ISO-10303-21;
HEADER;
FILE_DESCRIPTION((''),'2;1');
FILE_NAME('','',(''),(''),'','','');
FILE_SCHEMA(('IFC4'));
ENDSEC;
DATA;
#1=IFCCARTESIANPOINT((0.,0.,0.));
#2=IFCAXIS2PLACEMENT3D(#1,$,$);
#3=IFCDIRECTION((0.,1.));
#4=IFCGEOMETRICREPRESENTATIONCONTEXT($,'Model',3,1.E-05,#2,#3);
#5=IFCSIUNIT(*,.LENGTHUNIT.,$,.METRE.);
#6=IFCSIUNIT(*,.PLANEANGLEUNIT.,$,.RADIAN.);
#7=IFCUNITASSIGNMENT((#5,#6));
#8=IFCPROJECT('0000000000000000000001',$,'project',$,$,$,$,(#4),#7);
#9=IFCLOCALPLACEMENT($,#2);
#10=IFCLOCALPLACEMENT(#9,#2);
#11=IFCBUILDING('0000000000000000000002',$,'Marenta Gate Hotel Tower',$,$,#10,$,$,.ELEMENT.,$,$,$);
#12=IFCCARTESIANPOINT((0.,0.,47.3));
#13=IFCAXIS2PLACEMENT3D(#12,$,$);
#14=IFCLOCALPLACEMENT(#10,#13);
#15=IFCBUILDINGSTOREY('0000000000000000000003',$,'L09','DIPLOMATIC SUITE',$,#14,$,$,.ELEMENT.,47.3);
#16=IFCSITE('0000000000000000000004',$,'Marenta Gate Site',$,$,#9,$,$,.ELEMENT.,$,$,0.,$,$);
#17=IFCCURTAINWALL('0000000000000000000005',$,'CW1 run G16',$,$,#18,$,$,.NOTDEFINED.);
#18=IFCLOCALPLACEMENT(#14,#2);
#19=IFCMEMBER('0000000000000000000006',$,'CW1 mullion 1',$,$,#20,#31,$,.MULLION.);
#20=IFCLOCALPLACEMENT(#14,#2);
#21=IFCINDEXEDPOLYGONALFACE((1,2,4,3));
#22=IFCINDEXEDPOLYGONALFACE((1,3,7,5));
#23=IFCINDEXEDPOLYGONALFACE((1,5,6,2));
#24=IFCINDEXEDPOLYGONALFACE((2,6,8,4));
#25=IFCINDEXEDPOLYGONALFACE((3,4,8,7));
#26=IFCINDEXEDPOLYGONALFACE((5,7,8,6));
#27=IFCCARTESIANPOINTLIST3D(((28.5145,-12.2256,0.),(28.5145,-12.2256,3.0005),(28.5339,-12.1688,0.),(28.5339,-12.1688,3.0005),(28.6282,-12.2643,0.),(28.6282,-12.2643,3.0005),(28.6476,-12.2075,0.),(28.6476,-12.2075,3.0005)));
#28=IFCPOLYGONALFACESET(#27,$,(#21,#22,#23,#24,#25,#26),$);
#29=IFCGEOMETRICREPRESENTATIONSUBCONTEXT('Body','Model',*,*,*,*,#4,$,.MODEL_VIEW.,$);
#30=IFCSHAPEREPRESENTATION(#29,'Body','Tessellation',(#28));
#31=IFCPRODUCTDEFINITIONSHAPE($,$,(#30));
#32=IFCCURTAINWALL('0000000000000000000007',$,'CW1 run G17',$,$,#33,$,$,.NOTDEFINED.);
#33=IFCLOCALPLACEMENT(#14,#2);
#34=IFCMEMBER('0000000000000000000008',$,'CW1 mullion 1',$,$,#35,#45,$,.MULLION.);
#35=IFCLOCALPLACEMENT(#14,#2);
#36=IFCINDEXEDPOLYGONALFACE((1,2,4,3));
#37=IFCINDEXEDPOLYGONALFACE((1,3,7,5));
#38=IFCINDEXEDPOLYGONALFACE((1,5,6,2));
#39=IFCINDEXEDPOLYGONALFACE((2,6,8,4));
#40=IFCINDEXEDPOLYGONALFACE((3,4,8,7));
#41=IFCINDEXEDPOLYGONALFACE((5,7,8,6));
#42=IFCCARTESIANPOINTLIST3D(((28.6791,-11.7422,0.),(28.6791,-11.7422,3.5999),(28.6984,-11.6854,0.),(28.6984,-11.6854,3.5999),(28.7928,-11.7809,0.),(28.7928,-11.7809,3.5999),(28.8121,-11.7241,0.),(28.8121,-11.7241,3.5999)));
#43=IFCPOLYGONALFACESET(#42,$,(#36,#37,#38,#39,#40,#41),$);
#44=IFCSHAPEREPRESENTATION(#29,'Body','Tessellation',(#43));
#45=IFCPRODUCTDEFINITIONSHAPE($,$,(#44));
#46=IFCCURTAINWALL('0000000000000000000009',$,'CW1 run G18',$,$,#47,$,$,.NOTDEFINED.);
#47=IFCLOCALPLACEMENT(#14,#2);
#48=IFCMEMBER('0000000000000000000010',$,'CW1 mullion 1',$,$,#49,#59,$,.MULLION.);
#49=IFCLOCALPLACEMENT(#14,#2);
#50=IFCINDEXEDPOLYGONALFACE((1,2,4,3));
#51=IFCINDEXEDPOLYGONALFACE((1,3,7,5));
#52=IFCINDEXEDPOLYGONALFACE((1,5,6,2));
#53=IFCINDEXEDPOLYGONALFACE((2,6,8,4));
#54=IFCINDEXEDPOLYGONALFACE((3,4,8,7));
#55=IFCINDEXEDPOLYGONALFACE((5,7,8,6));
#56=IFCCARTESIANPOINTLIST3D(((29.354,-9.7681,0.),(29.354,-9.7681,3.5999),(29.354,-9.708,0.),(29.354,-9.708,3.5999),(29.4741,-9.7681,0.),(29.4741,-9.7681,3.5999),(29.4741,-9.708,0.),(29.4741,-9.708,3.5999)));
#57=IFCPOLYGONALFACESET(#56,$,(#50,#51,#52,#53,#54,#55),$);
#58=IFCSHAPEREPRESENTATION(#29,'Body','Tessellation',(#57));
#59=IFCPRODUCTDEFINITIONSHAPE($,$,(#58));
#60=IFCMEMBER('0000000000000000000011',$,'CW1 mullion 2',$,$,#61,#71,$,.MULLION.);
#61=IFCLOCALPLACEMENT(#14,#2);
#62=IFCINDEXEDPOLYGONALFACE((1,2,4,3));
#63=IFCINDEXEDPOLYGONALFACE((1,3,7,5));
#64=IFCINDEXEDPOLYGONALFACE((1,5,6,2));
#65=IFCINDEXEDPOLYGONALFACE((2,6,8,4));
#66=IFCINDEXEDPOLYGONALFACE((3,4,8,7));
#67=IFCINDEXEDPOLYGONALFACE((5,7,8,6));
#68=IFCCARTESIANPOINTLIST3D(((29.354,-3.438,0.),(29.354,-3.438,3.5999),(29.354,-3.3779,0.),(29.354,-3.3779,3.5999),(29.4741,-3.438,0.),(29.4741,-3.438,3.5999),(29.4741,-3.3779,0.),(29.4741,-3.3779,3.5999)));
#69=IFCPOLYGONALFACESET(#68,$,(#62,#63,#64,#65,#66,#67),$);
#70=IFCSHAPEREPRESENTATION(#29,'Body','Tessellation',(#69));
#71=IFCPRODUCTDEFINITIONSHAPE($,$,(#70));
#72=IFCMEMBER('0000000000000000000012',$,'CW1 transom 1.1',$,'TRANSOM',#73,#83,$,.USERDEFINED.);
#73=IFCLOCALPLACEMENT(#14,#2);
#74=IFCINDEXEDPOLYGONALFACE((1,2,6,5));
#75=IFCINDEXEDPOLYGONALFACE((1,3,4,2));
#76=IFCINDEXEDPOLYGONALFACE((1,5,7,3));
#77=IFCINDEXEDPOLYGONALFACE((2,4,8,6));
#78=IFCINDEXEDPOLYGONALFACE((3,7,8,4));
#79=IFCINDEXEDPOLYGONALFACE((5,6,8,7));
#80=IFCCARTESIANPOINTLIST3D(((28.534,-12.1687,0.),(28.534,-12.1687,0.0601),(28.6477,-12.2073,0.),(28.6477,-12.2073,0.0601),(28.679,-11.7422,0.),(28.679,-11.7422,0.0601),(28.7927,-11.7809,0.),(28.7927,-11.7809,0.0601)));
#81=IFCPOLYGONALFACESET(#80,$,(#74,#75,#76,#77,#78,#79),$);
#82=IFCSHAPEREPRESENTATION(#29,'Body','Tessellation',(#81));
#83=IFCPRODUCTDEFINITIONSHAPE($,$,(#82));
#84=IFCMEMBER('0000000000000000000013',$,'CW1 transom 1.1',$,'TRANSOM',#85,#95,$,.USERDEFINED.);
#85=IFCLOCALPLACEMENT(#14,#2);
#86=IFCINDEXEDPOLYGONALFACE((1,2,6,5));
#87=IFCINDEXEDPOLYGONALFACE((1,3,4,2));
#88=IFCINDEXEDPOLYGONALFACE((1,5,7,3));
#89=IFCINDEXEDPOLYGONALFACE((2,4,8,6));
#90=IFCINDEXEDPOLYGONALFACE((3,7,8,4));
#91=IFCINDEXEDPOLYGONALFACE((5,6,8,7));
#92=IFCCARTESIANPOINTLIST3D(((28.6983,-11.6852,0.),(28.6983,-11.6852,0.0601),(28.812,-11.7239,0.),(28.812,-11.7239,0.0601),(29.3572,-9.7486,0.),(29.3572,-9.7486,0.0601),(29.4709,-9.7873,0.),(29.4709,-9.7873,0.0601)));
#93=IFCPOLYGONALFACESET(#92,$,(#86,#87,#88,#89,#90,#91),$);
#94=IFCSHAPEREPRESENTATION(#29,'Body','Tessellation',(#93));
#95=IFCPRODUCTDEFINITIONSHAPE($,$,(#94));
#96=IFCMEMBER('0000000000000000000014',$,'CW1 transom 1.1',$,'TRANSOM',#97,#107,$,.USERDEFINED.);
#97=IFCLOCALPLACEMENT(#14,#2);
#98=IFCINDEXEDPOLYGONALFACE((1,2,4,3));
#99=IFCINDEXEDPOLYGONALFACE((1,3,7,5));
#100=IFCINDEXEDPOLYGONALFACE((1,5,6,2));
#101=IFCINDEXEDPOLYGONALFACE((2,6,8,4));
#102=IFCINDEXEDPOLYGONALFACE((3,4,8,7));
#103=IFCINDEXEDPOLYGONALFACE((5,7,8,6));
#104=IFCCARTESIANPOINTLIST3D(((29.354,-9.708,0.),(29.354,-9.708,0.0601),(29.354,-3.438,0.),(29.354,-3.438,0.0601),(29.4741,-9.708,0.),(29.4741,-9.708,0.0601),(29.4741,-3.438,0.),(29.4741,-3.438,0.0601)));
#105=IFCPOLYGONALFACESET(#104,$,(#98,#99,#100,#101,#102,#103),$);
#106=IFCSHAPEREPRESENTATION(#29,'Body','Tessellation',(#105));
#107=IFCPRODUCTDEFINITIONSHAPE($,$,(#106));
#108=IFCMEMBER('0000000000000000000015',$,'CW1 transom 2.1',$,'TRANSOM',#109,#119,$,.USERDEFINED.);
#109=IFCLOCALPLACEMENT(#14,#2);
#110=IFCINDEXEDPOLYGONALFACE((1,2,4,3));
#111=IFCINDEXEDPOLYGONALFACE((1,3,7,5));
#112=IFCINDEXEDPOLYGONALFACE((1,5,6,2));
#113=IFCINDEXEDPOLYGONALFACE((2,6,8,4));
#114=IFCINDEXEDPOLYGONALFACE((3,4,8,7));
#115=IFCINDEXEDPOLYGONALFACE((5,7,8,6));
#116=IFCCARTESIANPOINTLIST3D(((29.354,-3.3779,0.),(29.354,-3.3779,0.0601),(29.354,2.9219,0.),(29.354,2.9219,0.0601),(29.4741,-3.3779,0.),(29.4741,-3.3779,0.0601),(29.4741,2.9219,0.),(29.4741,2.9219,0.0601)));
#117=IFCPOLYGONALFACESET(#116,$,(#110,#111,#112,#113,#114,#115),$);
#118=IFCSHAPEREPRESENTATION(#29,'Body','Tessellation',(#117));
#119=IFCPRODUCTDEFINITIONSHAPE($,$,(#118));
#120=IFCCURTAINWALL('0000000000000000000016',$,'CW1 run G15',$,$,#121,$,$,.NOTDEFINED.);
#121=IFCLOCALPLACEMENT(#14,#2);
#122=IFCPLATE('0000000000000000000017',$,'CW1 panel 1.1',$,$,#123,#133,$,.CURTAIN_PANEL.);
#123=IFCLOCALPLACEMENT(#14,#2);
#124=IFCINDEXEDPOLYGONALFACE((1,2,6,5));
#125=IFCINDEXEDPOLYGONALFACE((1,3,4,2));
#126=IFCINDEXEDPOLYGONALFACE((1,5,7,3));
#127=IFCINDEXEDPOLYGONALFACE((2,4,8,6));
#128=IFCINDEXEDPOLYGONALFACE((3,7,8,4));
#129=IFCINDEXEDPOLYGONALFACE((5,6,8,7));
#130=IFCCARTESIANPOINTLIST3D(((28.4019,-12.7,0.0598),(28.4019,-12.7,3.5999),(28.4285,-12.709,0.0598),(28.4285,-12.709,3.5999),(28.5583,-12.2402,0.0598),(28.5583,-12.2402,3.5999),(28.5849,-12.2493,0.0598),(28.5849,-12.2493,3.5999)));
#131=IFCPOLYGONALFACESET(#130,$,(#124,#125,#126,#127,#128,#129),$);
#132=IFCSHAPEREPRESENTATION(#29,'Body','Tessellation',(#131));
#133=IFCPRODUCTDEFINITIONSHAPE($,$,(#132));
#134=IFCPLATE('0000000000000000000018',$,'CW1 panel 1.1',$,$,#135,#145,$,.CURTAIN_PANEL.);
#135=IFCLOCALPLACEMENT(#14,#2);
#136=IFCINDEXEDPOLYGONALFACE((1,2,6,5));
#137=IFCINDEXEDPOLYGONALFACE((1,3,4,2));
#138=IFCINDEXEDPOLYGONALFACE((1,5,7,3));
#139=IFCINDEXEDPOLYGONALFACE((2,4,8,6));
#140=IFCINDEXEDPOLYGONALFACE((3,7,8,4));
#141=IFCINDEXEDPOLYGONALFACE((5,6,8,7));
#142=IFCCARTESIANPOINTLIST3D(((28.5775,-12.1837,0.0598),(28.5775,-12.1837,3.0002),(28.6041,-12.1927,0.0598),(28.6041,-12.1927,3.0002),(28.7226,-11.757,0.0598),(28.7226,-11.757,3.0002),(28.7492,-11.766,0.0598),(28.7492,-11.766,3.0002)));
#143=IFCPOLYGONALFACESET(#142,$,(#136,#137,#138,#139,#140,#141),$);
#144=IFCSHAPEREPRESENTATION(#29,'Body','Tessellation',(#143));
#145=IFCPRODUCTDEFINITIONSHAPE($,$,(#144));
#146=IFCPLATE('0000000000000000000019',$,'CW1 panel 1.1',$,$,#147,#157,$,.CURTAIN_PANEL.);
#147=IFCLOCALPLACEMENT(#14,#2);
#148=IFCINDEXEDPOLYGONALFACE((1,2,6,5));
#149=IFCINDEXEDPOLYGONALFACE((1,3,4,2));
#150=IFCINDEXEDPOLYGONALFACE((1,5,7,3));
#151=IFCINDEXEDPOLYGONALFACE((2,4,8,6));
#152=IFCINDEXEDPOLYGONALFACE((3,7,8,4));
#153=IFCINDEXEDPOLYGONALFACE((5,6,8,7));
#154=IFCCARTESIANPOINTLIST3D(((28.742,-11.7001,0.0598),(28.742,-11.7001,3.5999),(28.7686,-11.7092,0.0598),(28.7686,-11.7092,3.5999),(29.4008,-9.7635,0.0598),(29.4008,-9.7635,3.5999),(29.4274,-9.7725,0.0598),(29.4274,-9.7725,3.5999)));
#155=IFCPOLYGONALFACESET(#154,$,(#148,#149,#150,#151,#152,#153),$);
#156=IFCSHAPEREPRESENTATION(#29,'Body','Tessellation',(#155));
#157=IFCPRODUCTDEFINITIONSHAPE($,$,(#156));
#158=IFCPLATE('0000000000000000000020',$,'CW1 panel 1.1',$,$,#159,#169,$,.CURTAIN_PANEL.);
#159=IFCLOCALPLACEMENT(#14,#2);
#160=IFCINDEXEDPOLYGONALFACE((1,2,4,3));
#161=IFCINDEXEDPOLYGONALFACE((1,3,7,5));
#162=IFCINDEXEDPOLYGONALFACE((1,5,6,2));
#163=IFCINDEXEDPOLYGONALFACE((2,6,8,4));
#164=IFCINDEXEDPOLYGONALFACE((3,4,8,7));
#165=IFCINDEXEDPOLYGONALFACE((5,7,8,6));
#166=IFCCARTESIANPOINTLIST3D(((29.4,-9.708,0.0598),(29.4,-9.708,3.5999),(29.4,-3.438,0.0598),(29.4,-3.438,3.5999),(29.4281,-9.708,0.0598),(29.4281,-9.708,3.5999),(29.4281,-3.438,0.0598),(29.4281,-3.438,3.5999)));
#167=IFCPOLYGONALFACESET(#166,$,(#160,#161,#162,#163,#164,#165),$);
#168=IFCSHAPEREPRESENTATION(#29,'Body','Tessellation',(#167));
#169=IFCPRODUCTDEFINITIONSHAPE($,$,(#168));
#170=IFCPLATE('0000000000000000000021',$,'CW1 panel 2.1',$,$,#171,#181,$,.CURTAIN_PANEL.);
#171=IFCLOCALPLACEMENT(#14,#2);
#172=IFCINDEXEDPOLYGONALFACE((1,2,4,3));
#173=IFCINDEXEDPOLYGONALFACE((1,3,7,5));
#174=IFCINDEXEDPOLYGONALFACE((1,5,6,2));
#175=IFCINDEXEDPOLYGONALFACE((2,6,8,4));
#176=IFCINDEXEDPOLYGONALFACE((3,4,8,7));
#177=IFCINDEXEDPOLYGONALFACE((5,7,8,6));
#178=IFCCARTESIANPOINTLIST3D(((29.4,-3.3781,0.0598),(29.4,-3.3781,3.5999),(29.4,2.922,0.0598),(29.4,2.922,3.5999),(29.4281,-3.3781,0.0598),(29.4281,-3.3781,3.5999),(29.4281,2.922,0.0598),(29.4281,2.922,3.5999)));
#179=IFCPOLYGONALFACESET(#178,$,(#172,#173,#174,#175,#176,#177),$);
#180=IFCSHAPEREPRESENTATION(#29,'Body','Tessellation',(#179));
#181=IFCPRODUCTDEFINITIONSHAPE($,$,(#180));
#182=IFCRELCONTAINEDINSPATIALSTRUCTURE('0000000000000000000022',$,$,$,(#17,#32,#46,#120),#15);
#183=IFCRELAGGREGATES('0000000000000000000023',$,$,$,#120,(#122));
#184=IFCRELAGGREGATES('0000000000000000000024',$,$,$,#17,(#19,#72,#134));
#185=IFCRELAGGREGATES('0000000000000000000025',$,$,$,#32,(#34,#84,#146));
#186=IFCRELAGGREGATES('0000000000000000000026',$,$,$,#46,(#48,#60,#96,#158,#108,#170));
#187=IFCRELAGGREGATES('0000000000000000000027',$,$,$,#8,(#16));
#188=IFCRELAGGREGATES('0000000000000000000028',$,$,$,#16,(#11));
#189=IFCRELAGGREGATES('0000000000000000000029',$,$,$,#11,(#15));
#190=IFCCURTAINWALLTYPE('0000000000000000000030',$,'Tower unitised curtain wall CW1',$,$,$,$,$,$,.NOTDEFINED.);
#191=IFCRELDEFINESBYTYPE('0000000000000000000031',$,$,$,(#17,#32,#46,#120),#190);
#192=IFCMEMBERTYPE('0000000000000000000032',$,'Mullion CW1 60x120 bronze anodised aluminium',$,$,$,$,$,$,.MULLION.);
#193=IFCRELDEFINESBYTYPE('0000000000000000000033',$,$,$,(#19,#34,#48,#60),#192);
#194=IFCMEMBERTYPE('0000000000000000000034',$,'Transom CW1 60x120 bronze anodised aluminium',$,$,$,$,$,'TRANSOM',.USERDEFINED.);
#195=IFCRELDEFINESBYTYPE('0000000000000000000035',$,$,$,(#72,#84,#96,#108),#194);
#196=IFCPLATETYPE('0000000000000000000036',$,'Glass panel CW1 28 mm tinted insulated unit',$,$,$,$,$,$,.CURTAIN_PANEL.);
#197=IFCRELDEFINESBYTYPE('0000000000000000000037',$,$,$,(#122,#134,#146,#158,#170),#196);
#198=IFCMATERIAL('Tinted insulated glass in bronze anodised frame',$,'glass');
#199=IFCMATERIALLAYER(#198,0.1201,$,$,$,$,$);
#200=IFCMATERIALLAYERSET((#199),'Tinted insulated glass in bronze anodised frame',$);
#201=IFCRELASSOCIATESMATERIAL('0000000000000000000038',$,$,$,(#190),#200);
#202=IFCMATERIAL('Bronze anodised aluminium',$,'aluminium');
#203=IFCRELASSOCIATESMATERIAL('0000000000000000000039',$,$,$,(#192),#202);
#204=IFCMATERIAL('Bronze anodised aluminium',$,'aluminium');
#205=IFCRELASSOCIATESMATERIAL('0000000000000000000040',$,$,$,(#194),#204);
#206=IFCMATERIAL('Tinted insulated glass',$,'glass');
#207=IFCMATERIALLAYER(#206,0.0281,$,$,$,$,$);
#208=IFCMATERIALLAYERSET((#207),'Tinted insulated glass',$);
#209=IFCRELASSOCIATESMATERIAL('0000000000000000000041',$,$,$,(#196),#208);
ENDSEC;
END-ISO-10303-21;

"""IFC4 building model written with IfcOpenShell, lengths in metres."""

from ifc_helpers import new_model, si_unit, direction, frame, origin, origin_2d, place, context, subcontext, project, spatial, rectangle, extrude, material, layer, layer_set, material_profile, profile_set, type_object, element, aggregate, save


model = new_model("IFC4")

# Units and contexts
model_context = context("Model", 3, precision=1e-05, world=origin(), true_north=direction((0.0, 1.0)))
body_context = subcontext(model_context, "Body", "Model", "MODEL_VIEW")
ifc_project = project(units=[si_unit("LENGTHUNIT", "METRE"), si_unit("PLANEANGLEUNIT", "RADIAN")], contexts=[model_context])

# Site, building, storey
site_placement = place(None, origin())
site = spatial("IfcSite", under=ifc_project, at=site_placement, Name="Marenta Gate Site", CompositionType="ELEMENT", RefElevation=0.0)
building_placement = place(site_placement, origin())
building = spatial("IfcBuilding", under=site, at=building_placement, Name="Marenta Gate Hotel Tower", CompositionType="ELEMENT")
storey_placement = place(building_placement, frame((0.0, 0.0, 47.3)))
storey = spatial("IfcBuildingStorey", under=building, at=storey_placement, Name="L09", Description="DIPLOMATIC SUITE", CompositionType="ELEMENT", Elevation=47.3)

# Curtain walls, members
ifc_material_1 = material(Name="Tinted insulated glass in bronze anodised frame", Category="glass")
ifc_layer_1 = layer(ifc_material_1, 0.1201)
ifc_layer_set_1 = layer_set([ifc_layer_1], Name="Tinted insulated glass in bronze anodised frame")
curtain_wall_type = type_object("IfcCurtainWallType", Name="Tower unitised curtain wall CW1", PredefinedType="NOTDEFINED", material=ifc_layer_set_1)
curtain_wall_1_placement = place(storey_placement, origin())
curtain_wall_1 = element("IfcCurtainWall", 1, at=curtain_wall_1_placement, inside=storey, type_object=curtain_wall_type, Name="CW1 run G16", PredefinedType="NOTDEFINED")
ifc_material_2 = material(Name="Bronze anodised aluminium", Category="aluminium")
ifc_material_profile_1 = material_profile(ifc_material_2, rectangle(XDim=0.1201, YDim=0.0601, at=origin_2d()), Name="Mullion CW1 60x120 bronze anodised aluminium")
ifc_profile_set_1 = profile_set([ifc_material_profile_1], Name="Bronze anodised aluminium")
member_type_1 = type_object("IfcMemberType", Name="Mullion CW1 60x120 bronze anodised aluminium", PredefinedType="MULLION", material=ifc_profile_set_1)
member_1_placement = place(storey_placement, frame((28.5811, -12.2166, 0.0), z_axis=(0.0, 0.0, 1.0), x_axis=(-0.946746, 0.32198, 0.0)))
member_1 = element("IfcMember", 2, at=member_1_placement, type_object=member_type_1, Name="CW1 mullion 1", PredefinedType="MULLION", context=body_context, shape_type="SweptSolid", body=[
    extrude(rectangle(XDim=0.1201, YDim=0.0601, at=origin_2d()), origin(), (0.0, 0.0, 1.0), 3.0005),
])
curtain_wall_2_placement = place(storey_placement, origin())
curtain_wall_2 = element("IfcCurtainWall", 3, at=curtain_wall_2_placement, inside=storey, type_object=curtain_wall_type, Name="CW1 run G17", PredefinedType="NOTDEFINED")
member_2_placement = place(storey_placement, frame((28.7456, -11.7332, 0.0), z_axis=(0.0, 0.0, 1.0), x_axis=(-0.946728, 0.322035, 0.0)))
member_2 = element("IfcMember", 4, at=member_2_placement, type_object=member_type_1, Name="CW1 mullion 1", PredefinedType="MULLION", context=body_context, shape_type="SweptSolid", body=[
    extrude(rectangle(XDim=0.1201, YDim=0.0601, at=origin_2d()), origin(), (0.0, 0.0, 1.0), 3.5999),
])

# Curtain wall, members
curtain_wall_3_placement = place(storey_placement, origin())
curtain_wall_3 = element("IfcCurtainWall", 5, at=curtain_wall_3_placement, inside=storey, type_object=curtain_wall_type, Name="CW1 run G18", PredefinedType="NOTDEFINED")
member_3_placement = place(storey_placement, frame((29.4141, -9.738, 0.0), z_axis=(0.0, 0.0, 1.0), x_axis=(-1.0, 0.0, 0.0)))
member_3 = element("IfcMember", 6, at=member_3_placement, type_object=member_type_1, Name="CW1 mullion 1", PredefinedType="MULLION", context=body_context, shape_type="SweptSolid", body=[
    extrude(rectangle(XDim=0.1201, YDim=0.0601, at=origin_2d()), origin(), (0.0, 0.0, 1.0), 3.5999),
])
member_4_placement = place(storey_placement, frame((29.4141, -3.408, 0.0), z_axis=(0.0, 0.0, 1.0), x_axis=(-1.0, 0.0, 0.0)))
member_4 = element("IfcMember", 7, at=member_4_placement, type_object=member_type_1, Name="CW1 mullion 2", PredefinedType="MULLION", context=body_context, shape_type="SweptSolid", body=[
    extrude(rectangle(XDim=0.1201, YDim=0.0601, at=origin_2d()), origin(), (0.0, 0.0, 1.0), 3.5999),
])

# Members
ifc_material_3 = material(Name="Bronze anodised aluminium", Category="aluminium")
ifc_material_profile_2 = material_profile(ifc_material_3, rectangle(XDim=0.1201, YDim=0.0601, at=origin_2d()), Name="Transom CW1 60x120 bronze anodised aluminium")
ifc_profile_set_2 = profile_set([ifc_material_profile_2], Name="Bronze anodised aluminium")
member_type_2 = type_object("IfcMemberType", Name="Transom CW1 60x120 bronze anodised aluminium", ElementType="TRANSOM", PredefinedType="USERDEFINED", material=ifc_profile_set_2)
member_5_placement = place(storey_placement, frame((28.5908, -12.188, 0.03), z_axis=(0.321912, 0.946769, 0.0), x_axis=(-0.946769, 0.321912, 0.0)))
member_5 = element("IfcMember", 8, at=member_5_placement, type_object=member_type_2, Name="CW1 transom 1.1", ObjectType="TRANSOM", PredefinedType="USERDEFINED", context=body_context, shape_type="SweptSolid", body=[
    extrude(rectangle(XDim=0.1201, YDim=0.0601, at=origin_2d()), origin(), (0.0, 0.0, 1.0), 0.4504),
])
member_6_placement = place(storey_placement, frame((28.7551, -11.7046, 0.03), z_axis=(0.32213, 0.946696, 0.0), x_axis=(-0.946696, 0.32213, 0.0)))
member_6 = element("IfcMember", 9, at=member_6_placement, type_object=member_type_2, Name="CW1 transom 1.1", ObjectType="TRANSOM", PredefinedType="USERDEFINED", context=body_context, shape_type="SweptSolid", body=[
    extrude(rectangle(XDim=0.1201, YDim=0.0601, at=origin_2d()), origin(), (0.0, 0.0, 1.0), 2.0457),
])
member_7_placement = place(storey_placement, frame((29.4141, -9.708, 0.03), z_axis=(0.0, 1.0, 0.0), x_axis=(-1.0, 0.0, 0.0)))
member_7 = element("IfcMember", 10, at=member_7_placement, type_object=member_type_2, Name="CW1 transom 1.1", ObjectType="TRANSOM", PredefinedType="USERDEFINED", context=body_context, shape_type="SweptSolid", body=[
    extrude(rectangle(XDim=0.1201, YDim=0.0601, at=origin_2d()), origin(), (0.0, 0.0, 1.0), 6.27),
])
member_8_placement = place(storey_placement, frame((29.4141, -3.3779, 0.03), z_axis=(0.0, 1.0, 0.0), x_axis=(-1.0, 0.0, 0.0)))
member_8 = element("IfcMember", 11, at=member_8_placement, type_object=member_type_2, Name="CW1 transom 2.1", ObjectType="TRANSOM", PredefinedType="USERDEFINED", context=body_context, shape_type="SweptSolid", body=[
    extrude(rectangle(XDim=0.1201, YDim=0.0601, at=origin_2d()), origin(), (0.0, 0.0, 1.0), 6.2998),
])

# Curtain wall, plate
curtain_wall_4_placement = place(storey_placement, origin())
curtain_wall_4 = element("IfcCurtainWall", 12, at=curtain_wall_4_placement, inside=storey, type_object=curtain_wall_type, Name="CW1 run G15", PredefinedType="NOTDEFINED")
ifc_material_4 = material(Name="Tinted insulated glass", Category="glass")
ifc_layer_2 = layer(ifc_material_4, 0.0281)
ifc_layer_set_2 = layer_set([ifc_layer_2], Name="Tinted insulated glass")
plate_type = type_object("IfcPlateType", Name="Glass panel CW1 28 mm tinted insulated unit", PredefinedType="CURTAIN_PANEL", material=ifc_layer_set_2)
plate_1_placement = place(storey_placement, frame((28.4934, -12.4746, 0.0598), z_axis=(0.0, 0.0, 1.0), x_axis=(0.322051, 0.946722, 0.0)))
plate_1 = element("IfcPlate", 13, at=plate_1_placement, type_object=plate_type, Name="CW1 panel 1.1", PredefinedType="CURTAIN_PANEL", context=body_context, shape_type="SweptSolid", body=[
    extrude(rectangle(XDim=0.4856, YDim=0.0281, at=origin_2d()), origin(), (0.0, 0.0, 1.0), 3.54),
])
aggregate(curtain_wall_4, [plate_1])

# Plates
plate_2_placement = place(storey_placement, frame((28.6633, -11.9749, 0.0598), z_axis=(0.0, 0.0, 1.0), x_axis=(0.32198, 0.946746, 0.0)))
plate_2 = element("IfcPlate", 14, at=plate_2_placement, type_object=plate_type, Name="CW1 panel 1.1", PredefinedType="CURTAIN_PANEL", context=body_context, shape_type="SweptSolid", body=[
    extrude(rectangle(XDim=0.4507, YDim=0.0281, at=origin_2d()), origin(), (0.0, 0.0, 1.0), 2.9404),
])
aggregate(curtain_wall_1, [member_1, member_5, plate_2])
plate_3_placement = place(storey_placement, frame((29.0847, -10.7363, 0.0598), z_axis=(0.0, 0.0, 1.0), x_axis=(0.322035, 0.946728, 0.0)))
plate_3 = element("IfcPlate", 15, at=plate_3_placement, type_object=plate_type, Name="CW1 panel 1.1", PredefinedType="CURTAIN_PANEL", context=body_context, shape_type="SweptSolid", body=[
    extrude(rectangle(XDim=2.0457, YDim=0.0281, at=origin_2d()), origin(), (0.0, 0.0, 1.0), 3.54),
])
aggregate(curtain_wall_2, [member_2, member_6, plate_3])
plate_4_placement = place(storey_placement, frame((29.4141, -6.573, 0.0598), z_axis=(0.0, 0.0, 1.0), x_axis=(0.0, 1.0, 0.0)))
plate_4 = element("IfcPlate", 16, at=plate_4_placement, type_object=plate_type, Name="CW1 panel 1.1", PredefinedType="CURTAIN_PANEL", context=body_context, shape_type="SweptSolid", body=[
    extrude(rectangle(XDim=6.27, YDim=0.0281, at=origin_2d()), origin(), (0.0, 0.0, 1.0), 3.54),
])
plate_5_placement = place(storey_placement, frame((29.4141, -0.228, 0.0598), z_axis=(0.0, 0.0, 1.0), x_axis=(0.0, 1.0, 0.0)))
plate_5 = element("IfcPlate", 17, at=plate_5_placement, type_object=plate_type, Name="CW1 panel 2.1", PredefinedType="CURTAIN_PANEL", context=body_context, shape_type="SweptSolid", body=[
    extrude(rectangle(XDim=6.3, YDim=0.0281, at=origin_2d()), origin(), (0.0, 0.0, 1.0), 3.54),
])
aggregate(curtain_wall_3, [member_3, member_4, member_7, plate_4, member_8, plate_5])

save(model, "model.ifc")
